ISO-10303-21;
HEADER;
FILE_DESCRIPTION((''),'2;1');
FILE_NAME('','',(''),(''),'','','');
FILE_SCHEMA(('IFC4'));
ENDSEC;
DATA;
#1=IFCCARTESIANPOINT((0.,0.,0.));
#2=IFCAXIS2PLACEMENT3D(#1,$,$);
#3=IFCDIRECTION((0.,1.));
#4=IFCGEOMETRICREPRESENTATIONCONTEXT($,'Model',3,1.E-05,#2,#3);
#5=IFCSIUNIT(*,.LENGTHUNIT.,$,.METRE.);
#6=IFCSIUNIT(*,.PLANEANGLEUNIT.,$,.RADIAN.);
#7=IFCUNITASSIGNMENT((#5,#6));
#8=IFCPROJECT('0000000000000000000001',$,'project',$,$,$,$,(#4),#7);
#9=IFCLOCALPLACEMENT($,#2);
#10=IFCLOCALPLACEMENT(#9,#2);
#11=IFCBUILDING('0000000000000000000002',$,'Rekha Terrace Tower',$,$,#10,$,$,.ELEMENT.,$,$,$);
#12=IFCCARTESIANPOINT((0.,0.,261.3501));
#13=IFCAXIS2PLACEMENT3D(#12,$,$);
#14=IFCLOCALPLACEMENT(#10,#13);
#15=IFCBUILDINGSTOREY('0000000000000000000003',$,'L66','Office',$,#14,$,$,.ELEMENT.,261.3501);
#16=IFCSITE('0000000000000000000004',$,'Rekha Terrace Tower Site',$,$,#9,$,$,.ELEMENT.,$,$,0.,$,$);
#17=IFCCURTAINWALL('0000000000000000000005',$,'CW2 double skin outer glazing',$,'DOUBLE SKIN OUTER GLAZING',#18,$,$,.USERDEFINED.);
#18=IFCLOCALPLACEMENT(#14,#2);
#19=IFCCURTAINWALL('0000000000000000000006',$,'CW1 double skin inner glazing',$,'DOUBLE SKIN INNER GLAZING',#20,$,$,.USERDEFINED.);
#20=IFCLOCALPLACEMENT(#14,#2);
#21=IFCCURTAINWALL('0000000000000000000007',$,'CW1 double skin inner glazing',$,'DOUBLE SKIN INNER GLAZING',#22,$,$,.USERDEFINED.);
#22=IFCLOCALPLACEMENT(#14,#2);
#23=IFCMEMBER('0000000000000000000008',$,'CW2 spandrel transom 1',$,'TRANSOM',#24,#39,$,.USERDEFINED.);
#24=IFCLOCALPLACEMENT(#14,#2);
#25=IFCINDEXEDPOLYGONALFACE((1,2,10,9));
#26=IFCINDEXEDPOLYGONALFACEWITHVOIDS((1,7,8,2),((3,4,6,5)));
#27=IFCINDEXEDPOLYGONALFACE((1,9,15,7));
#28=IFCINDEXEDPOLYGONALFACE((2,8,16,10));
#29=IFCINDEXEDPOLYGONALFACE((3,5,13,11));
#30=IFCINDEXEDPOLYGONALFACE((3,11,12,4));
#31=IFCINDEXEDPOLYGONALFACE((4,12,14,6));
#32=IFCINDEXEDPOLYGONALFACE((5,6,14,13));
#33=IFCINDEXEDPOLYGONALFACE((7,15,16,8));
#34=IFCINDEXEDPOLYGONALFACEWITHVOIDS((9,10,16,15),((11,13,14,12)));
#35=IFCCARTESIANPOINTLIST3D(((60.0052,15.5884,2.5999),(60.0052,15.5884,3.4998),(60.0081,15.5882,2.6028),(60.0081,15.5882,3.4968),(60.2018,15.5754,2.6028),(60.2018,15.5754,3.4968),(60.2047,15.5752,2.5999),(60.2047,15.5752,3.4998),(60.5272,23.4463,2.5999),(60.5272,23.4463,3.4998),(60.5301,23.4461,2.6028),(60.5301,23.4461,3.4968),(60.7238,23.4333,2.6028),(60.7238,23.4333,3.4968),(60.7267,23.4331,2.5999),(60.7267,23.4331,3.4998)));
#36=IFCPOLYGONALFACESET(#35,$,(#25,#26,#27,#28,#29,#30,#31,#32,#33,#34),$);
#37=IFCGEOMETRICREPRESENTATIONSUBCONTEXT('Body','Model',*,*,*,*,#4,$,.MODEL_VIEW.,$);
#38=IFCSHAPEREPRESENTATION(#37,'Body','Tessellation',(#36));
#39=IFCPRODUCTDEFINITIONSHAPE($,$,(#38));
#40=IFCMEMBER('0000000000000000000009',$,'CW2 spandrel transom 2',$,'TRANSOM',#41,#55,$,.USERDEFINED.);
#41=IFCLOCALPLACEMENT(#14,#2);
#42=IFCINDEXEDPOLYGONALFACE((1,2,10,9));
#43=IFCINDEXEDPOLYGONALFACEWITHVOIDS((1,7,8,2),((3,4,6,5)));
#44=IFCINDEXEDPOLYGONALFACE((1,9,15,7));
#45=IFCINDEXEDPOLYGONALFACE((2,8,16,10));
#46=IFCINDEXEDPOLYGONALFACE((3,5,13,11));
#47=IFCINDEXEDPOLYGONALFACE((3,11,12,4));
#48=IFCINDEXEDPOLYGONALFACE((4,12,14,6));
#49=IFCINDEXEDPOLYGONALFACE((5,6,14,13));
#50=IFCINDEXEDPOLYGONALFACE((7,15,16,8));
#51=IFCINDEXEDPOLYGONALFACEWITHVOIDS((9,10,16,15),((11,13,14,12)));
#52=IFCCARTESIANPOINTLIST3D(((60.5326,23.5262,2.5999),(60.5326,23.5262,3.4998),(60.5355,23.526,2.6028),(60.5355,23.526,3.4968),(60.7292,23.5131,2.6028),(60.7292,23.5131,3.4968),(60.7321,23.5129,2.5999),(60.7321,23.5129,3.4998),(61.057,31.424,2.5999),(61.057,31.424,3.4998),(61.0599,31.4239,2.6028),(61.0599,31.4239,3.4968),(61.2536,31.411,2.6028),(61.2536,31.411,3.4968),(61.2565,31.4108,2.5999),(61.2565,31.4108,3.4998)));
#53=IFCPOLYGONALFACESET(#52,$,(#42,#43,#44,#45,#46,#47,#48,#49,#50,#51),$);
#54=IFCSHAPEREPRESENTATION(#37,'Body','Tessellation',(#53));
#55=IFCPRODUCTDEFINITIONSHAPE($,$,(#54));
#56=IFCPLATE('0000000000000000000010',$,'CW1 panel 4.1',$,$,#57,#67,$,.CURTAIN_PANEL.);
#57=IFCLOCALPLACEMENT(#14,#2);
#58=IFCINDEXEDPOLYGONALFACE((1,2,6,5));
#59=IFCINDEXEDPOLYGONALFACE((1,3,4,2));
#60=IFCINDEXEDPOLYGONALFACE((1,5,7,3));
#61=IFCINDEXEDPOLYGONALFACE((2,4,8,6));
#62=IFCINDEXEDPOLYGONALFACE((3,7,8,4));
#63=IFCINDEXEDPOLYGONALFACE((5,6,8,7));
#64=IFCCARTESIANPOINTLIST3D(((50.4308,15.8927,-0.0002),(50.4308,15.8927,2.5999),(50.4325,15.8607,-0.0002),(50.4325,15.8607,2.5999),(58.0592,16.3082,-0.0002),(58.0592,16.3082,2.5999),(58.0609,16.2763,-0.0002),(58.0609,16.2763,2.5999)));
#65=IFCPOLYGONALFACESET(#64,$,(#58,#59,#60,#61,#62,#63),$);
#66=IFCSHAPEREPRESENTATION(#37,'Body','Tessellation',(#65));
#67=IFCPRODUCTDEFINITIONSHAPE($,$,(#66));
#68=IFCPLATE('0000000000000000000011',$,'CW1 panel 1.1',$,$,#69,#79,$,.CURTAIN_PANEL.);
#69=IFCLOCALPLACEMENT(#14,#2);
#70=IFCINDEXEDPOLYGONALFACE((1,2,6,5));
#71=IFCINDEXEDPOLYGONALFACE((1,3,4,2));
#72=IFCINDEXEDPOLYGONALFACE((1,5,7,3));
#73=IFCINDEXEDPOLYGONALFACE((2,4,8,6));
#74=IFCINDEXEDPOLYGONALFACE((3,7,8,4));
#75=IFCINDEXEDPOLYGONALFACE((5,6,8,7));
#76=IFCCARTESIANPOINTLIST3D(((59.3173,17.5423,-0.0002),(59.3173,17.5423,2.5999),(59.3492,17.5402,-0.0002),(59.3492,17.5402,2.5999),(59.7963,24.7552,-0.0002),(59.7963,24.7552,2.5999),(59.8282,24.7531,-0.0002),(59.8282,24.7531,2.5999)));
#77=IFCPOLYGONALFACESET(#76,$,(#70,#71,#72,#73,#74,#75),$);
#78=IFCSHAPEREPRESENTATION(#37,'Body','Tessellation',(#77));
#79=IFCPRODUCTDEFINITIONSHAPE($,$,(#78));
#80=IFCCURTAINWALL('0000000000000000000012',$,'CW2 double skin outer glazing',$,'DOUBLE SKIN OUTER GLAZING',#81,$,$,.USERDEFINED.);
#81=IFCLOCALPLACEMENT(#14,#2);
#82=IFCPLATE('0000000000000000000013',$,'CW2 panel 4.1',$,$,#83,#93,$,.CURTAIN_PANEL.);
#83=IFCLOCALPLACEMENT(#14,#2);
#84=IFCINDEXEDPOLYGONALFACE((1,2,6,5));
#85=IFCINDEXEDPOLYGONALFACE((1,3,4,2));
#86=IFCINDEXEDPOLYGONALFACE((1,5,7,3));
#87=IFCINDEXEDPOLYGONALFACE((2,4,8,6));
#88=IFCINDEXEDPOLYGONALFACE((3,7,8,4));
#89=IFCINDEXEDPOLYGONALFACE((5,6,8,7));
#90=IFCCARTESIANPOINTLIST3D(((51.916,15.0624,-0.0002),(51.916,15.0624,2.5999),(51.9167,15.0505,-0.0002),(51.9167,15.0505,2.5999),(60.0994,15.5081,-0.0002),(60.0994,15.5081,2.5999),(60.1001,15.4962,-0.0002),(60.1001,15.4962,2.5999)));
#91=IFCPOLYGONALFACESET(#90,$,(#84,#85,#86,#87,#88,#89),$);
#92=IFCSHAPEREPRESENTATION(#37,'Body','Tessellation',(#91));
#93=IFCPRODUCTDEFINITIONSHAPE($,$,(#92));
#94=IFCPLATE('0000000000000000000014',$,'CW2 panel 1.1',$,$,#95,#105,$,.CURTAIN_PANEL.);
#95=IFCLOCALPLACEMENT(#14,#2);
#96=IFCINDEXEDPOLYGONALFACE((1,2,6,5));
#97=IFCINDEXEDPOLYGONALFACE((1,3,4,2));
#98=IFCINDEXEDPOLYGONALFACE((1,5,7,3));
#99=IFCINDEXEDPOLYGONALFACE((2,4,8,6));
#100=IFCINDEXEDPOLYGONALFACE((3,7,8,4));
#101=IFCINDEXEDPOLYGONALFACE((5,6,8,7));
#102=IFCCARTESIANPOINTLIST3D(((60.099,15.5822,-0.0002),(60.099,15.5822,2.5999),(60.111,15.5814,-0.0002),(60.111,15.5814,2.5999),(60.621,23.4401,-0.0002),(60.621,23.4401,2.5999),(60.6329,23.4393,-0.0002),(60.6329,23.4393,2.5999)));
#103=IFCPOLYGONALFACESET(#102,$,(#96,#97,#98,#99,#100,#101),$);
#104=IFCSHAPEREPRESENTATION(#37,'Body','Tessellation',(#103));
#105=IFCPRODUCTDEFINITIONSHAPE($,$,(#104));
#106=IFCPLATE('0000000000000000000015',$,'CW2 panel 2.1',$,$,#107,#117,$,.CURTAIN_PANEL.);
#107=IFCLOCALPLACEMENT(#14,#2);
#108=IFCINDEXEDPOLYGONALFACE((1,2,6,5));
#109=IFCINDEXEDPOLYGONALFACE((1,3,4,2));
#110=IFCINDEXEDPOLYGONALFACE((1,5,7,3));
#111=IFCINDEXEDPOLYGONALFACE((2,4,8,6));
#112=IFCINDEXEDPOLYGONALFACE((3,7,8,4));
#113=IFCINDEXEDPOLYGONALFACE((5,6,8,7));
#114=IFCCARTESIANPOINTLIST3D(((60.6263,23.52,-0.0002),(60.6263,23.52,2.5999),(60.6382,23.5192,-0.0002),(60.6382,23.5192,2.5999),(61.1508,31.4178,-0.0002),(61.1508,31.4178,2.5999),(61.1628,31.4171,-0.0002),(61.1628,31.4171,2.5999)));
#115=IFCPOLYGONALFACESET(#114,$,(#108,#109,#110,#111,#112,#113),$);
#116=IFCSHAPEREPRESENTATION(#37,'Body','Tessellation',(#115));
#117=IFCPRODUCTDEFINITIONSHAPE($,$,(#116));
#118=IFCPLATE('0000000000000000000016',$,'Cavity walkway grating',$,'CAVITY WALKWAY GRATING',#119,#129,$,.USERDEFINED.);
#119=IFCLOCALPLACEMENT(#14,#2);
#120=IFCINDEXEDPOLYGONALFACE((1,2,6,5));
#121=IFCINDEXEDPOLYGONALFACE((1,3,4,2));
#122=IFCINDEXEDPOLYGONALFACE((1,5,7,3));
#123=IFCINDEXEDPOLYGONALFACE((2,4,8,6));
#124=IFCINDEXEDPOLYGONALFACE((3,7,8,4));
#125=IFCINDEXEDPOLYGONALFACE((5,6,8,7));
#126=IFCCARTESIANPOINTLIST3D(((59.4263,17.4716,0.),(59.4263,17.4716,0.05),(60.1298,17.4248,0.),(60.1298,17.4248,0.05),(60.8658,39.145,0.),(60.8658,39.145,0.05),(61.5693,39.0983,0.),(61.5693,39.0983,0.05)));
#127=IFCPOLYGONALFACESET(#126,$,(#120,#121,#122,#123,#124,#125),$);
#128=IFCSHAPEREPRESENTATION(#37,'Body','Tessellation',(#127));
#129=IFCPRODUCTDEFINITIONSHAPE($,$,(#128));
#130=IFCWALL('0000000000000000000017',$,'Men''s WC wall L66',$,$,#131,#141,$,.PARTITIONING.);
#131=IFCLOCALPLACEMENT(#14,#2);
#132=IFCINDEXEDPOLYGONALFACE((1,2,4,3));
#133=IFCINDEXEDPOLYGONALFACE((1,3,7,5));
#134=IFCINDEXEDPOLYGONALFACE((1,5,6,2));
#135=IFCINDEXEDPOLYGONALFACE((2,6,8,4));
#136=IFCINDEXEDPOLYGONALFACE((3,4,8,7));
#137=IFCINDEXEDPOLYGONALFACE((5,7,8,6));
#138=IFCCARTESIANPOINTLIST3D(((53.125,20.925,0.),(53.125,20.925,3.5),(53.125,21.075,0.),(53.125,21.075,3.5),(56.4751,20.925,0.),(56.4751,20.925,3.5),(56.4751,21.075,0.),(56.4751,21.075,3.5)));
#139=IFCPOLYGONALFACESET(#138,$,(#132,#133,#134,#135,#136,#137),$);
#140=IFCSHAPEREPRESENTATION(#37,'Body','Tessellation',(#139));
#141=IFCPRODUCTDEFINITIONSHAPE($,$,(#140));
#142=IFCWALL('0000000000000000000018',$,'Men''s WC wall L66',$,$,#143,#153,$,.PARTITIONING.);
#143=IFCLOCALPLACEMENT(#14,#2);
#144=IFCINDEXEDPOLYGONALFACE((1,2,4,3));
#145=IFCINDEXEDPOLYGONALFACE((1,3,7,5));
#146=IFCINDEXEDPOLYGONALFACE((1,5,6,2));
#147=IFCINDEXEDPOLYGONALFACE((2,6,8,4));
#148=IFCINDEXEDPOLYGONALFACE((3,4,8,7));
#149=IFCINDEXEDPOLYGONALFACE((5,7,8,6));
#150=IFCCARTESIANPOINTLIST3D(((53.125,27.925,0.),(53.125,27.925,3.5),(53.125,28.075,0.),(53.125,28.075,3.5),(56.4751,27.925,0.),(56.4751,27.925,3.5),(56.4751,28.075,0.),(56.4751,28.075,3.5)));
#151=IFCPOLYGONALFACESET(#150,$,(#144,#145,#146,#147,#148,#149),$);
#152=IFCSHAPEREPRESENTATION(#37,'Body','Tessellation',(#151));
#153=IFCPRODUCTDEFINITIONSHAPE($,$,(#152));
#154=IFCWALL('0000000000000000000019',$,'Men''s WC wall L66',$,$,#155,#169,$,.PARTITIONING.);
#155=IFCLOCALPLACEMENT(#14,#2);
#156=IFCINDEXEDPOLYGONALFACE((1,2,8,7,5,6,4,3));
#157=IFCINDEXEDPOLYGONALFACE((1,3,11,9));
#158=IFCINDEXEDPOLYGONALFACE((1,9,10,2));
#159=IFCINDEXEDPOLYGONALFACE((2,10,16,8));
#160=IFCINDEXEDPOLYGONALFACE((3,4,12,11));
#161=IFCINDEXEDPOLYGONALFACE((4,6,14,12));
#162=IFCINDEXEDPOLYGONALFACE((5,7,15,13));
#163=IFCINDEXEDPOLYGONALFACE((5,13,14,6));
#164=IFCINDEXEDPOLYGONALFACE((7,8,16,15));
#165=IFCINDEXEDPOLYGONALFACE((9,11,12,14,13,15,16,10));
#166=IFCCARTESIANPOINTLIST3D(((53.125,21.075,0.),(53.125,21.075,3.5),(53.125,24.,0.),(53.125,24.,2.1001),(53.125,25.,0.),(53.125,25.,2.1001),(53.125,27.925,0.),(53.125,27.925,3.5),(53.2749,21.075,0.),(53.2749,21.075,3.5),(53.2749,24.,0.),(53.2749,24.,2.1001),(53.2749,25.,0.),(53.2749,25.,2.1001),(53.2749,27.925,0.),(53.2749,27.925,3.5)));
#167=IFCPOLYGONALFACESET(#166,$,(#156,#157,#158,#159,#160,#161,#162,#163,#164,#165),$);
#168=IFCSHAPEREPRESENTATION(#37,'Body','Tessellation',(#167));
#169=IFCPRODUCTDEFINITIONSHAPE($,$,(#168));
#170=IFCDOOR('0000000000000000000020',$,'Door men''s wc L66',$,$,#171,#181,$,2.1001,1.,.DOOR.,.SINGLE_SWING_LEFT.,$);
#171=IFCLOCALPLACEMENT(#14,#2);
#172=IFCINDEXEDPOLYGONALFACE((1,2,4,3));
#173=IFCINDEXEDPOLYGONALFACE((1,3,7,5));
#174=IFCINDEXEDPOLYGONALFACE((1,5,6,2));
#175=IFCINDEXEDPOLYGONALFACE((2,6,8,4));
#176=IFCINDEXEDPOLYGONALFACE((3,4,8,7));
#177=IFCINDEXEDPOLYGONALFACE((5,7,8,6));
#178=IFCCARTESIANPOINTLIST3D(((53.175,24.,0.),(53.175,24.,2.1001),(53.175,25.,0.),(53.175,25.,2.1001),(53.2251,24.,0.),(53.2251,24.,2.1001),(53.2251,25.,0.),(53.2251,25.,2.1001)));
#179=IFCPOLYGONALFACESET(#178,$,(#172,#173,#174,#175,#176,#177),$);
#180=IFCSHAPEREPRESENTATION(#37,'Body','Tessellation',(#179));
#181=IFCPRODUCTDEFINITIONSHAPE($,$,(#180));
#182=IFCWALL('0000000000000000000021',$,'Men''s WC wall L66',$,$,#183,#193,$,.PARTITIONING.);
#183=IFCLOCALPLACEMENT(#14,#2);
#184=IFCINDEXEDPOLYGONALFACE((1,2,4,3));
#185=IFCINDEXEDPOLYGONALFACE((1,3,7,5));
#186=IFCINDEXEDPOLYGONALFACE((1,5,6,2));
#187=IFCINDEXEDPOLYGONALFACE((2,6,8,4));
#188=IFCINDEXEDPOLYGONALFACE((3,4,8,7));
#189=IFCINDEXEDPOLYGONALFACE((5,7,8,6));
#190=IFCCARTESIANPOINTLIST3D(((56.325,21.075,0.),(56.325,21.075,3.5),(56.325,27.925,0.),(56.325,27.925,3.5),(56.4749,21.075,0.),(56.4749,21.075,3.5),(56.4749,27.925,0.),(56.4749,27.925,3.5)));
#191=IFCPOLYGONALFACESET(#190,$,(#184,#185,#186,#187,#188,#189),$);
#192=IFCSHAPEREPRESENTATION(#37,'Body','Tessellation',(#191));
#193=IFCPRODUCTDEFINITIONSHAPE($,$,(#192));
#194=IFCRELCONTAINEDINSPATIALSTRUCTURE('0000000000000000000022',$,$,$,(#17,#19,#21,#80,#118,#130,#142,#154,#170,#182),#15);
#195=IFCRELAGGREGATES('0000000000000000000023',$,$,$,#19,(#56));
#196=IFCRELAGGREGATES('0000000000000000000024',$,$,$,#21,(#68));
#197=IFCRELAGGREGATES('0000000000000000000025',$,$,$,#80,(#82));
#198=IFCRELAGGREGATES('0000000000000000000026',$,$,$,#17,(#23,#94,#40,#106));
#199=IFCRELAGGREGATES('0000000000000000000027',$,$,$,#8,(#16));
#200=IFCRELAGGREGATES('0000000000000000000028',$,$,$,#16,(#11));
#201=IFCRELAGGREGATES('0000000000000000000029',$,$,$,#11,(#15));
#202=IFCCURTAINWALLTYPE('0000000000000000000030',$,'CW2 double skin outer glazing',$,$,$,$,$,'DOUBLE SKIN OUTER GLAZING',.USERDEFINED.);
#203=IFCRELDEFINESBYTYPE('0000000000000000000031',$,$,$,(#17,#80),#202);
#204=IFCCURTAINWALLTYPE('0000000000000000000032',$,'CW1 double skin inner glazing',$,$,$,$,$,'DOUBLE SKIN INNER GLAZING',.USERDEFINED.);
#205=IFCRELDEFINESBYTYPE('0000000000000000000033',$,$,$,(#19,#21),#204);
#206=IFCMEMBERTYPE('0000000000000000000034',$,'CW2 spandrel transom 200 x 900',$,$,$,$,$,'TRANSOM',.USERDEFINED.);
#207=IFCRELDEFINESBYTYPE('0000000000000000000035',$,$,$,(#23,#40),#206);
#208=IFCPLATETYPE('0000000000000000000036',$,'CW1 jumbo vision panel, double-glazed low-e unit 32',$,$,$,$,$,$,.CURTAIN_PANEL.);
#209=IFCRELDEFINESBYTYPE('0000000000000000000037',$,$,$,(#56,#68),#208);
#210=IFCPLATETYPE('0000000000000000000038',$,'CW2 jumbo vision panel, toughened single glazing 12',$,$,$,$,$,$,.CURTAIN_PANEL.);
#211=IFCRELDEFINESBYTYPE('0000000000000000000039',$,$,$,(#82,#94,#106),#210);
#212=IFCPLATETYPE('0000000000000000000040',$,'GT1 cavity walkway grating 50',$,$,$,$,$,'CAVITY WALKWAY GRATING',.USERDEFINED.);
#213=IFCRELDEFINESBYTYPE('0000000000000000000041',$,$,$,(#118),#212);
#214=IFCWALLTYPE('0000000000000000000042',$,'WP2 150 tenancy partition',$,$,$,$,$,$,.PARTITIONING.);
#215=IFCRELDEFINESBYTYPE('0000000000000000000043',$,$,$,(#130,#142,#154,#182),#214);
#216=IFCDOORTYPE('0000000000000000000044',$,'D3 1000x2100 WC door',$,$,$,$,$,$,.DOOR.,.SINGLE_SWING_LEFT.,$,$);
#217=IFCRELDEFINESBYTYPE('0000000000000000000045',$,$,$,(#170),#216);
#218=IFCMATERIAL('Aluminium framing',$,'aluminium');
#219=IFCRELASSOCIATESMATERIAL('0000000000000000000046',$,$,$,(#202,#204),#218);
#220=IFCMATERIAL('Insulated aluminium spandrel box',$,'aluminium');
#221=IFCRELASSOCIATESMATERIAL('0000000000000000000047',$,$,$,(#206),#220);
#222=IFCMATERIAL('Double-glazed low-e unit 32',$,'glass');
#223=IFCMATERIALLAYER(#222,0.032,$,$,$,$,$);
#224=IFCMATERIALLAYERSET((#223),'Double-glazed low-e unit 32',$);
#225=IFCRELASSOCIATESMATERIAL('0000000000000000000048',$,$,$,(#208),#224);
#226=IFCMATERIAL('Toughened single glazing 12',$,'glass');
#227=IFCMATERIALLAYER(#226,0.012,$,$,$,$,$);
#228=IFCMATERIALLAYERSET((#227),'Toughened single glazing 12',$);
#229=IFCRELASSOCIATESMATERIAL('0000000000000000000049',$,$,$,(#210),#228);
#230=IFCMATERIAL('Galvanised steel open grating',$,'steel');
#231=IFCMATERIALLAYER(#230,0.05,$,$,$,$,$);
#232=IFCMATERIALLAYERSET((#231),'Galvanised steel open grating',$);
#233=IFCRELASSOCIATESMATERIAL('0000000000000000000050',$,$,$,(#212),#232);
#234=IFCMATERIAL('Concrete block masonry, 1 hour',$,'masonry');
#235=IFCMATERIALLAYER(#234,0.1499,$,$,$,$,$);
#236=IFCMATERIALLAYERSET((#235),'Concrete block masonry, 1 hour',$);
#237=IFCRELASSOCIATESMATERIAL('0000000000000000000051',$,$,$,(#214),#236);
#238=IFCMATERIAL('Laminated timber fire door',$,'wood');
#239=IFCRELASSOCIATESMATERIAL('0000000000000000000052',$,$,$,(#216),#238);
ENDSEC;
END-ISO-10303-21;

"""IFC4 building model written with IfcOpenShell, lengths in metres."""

from ifc_helpers import new_model, si_unit, direction, frame, frame_2d, origin, origin_2d, place, context, subcontext, project, spatial, rectangle, hollow_rectangle, extrude, material, layer, layer_set, material_profile, profile_set, type_object, element, fill, aggregate, save


model = new_model("IFC4")

# Units and contexts
model_context = context("Model", 3, precision=1e-05, world=origin(), true_north=direction((0.0, 1.0)))
body_context = subcontext(model_context, "Body", "Model", "MODEL_VIEW")
ifc_project = project(units=[si_unit("LENGTHUNIT", "METRE"), si_unit("PLANEANGLEUNIT", "RADIAN")], contexts=[model_context])

# Site, building, storey
site_placement = place(None, origin())
site = spatial("IfcSite", under=ifc_project, at=site_placement, Name="Rekha Terrace Tower Site", CompositionType="ELEMENT", RefElevation=0.0)
building_placement = place(site_placement, origin())
building = spatial("IfcBuilding", under=site, at=building_placement, Name="Rekha Terrace Tower", CompositionType="ELEMENT")
storey_placement = place(building_placement, frame((0.0, 0.0, 261.3501)))
storey = spatial("IfcBuildingStorey", under=building, at=storey_placement, Name="L66", Description="Office", CompositionType="ELEMENT", Elevation=261.3501)

# Curtain walls
ifc_material_1 = material(Name="Aluminium framing", Category="aluminium")
curtain_wall_type_1 = type_object("IfcCurtainWallType", Name="CW2 double skin outer glazing", ElementType="DOUBLE SKIN OUTER GLAZING", PredefinedType="USERDEFINED", material=ifc_material_1)
curtain_wall_1_placement = place(storey_placement, origin())
curtain_wall_1 = element("IfcCurtainWall", 1, at=curtain_wall_1_placement, inside=storey, type_object=curtain_wall_type_1, Name="CW2 double skin outer glazing", ObjectType="DOUBLE SKIN OUTER GLAZING", PredefinedType="USERDEFINED")
curtain_wall_type_2 = type_object("IfcCurtainWallType", Name="CW1 double skin inner glazing", ElementType="DOUBLE SKIN INNER GLAZING", PredefinedType="USERDEFINED", material=ifc_material_1)
curtain_wall_2_placement = place(storey_placement, origin())
curtain_wall_2 = element("IfcCurtainWall", 2, at=curtain_wall_2_placement, inside=storey, type_object=curtain_wall_type_2, Name="CW1 double skin inner glazing", ObjectType="DOUBLE SKIN INNER GLAZING", PredefinedType="USERDEFINED")

# Curtain wall
curtain_wall_3_placement = place(storey_placement, origin())
curtain_wall_3 = element("IfcCurtainWall", 3, at=curtain_wall_3_placement, inside=storey, type_object=curtain_wall_type_2, Name="CW1 double skin inner glazing", ObjectType="DOUBLE SKIN INNER GLAZING", PredefinedType="USERDEFINED")
ifc_material_2 = material(Name="Insulated aluminium spandrel box", Category="aluminium")

# Members
ifc_material_profile_1 = material_profile(ifc_material_2, hollow_rectangle(XDim=0.2, YDim=0.8999, WallThickness=0.0029, at=origin_2d()), Name="AL SPANDREL BOX 200x900")
ifc_profile_set_1 = profile_set([ifc_material_profile_1], Name="Insulated aluminium spandrel box")
member_type_1 = type_object("IfcMemberType", Name="CW2 spandrel transom 200 x 900", ElementType="TRANSOM", PredefinedType="USERDEFINED", material=ifc_profile_set_1)
member_1_placement = place(storey_placement, frame((60.105, 15.5818, 3.0498), z_axis=(0.06628, 0.997801, 0.0), x_axis=(-0.997801, 0.06628, 0.0)))
member_1 = element("IfcMember", 4, at=member_1_placement, type_object=member_type_1, Name="CW2 spandrel transom 1", ObjectType="TRANSOM", PredefinedType="USERDEFINED", context=body_context, shape_type="SweptSolid", body=[
    extrude(hollow_rectangle(XDim=0.2, YDim=0.8999, WallThickness=0.0029, at=origin_2d()), origin(), (0.0, 0.0, 1.0), 7.8752),
])
member_2_placement = place(storey_placement, frame((60.6323, 23.5195, 3.0498), z_axis=(0.066253, 0.997803, 0.0), x_axis=(-0.997803, 0.066253, 0.0)))
member_2 = element("IfcMember", 5, at=member_2_placement, type_object=member_type_1, Name="CW2 spandrel transom 2", ObjectType="TRANSOM", PredefinedType="USERDEFINED", context=body_context, shape_type="SweptSolid", body=[
    extrude(hollow_rectangle(XDim=0.2, YDim=0.8999, WallThickness=0.0029, at=origin_2d()), origin(), (0.0, 0.0, 1.0), 7.9153),
])

# Plates
ifc_material_3 = material(Name="Double-glazed low-e unit 32", Category="glass")
ifc_layer_1 = layer(ifc_material_3, 0.032)
ifc_layer_set_1 = layer_set([ifc_layer_1], Name="Double-glazed low-e unit 32")
plate_type_1 = type_object("IfcPlateType", Name="CW1 jumbo vision panel, double-glazed low-e unit 32", PredefinedType="CURTAIN_PANEL", material=ifc_layer_set_1)
plate_1_placement = place(storey_placement, frame((54.2458, 16.0845, -0.0002), z_axis=(0.0, 0.0, 1.0), x_axis=(0.99852, 0.054389, 0.0)))
plate_1 = element("IfcPlate", 6, at=plate_1_placement, type_object=plate_type_1, Name="CW1 panel 4.1", PredefinedType="CURTAIN_PANEL", context=body_context, shape_type="SweptSolid", body=[
    extrude(rectangle(XDim=7.6396, YDim=0.032, at=origin_2d()), origin(), (0.0, 0.0, 1.0), 2.6001),
])
aggregate(curtain_wall_2, [plate_1])
plate_2_placement = place(storey_placement, frame((59.5728, 21.1477, -0.0002), z_axis=(0.0, 0.0, 1.0), x_axis=(0.066272, 0.997802, 0.0)))
plate_2 = element("IfcPlate", 7, at=plate_2_placement, type_object=plate_type_1, Name="CW1 panel 1.1", PredefinedType="CURTAIN_PANEL", context=body_context, shape_type="SweptSolid", body=[
    extrude(rectangle(XDim=7.2288, YDim=0.032, at=origin_2d()), origin(), (0.0, 0.0, 1.0), 2.6001),
])
aggregate(curtain_wall_3, [plate_2])

# Curtain wall, plate
curtain_wall_4_placement = place(storey_placement, origin())
curtain_wall_4 = element("IfcCurtainWall", 8, at=curtain_wall_4_placement, inside=storey, type_object=curtain_wall_type_1, Name="CW2 double skin outer glazing", ObjectType="DOUBLE SKIN OUTER GLAZING", PredefinedType="USERDEFINED")
ifc_material_4 = material(Name="Toughened single glazing 12", Category="glass")
ifc_layer_2 = layer(ifc_material_4, 0.012)
ifc_layer_set_2 = layer_set([ifc_layer_2], Name="Toughened single glazing 12")
plate_type_2 = type_object("IfcPlateType", Name="CW2 jumbo vision panel, toughened single glazing 12", PredefinedType="CURTAIN_PANEL", material=ifc_layer_set_2)
plate_3_placement = place(storey_placement, frame((56.0081, 15.2793, -0.0002), z_axis=(0.0, 0.0, 1.0), x_axis=(0.99852, 0.054389, 0.0)))
plate_3 = element("IfcPlate", 9, at=plate_3_placement, type_object=plate_type_2, Name="CW2 panel 4.1", PredefinedType="CURTAIN_PANEL", context=body_context, shape_type="SweptSolid", body=[
    extrude(rectangle(XDim=8.1956, YDim=0.012, at=origin_2d()), origin(), (0.0, 0.0, 1.0), 2.6001),
])
aggregate(curtain_wall_4, [plate_3])

# Plates
plate_4_placement = place(storey_placement, frame((60.366, 19.5107, -0.0002), z_axis=(0.0, 0.0, 1.0), x_axis=(0.066272, 0.997802, 0.0)))
plate_4 = element("IfcPlate", 10, at=plate_4_placement, type_object=plate_type_2, Name="CW2 panel 1.1", PredefinedType="CURTAIN_PANEL", context=body_context, shape_type="SweptSolid", body=[
    extrude(rectangle(XDim=7.8752, YDim=0.012, at=origin_2d()), origin(), (0.0, 0.0, 1.0), 2.6001),
])
plate_5_placement = place(storey_placement, frame((60.8945, 27.4685, -0.0002), z_axis=(0.0, 0.0, 1.0), x_axis=(0.066272, 0.997802, 0.0)))
plate_5 = element("IfcPlate", 11, at=plate_5_placement, type_object=plate_type_2, Name="CW2 panel 2.1", PredefinedType="CURTAIN_PANEL", context=body_context, shape_type="SweptSolid", body=[
    extrude(rectangle(XDim=7.9153, YDim=0.012, at=origin_2d()), origin(), (0.0, 0.0, 1.0), 2.6001),
])
aggregate(curtain_wall_1, [member_1, plate_4, member_2, plate_5])
ifc_material_5 = material(Name="Galvanised steel open grating", Category="steel")
ifc_layer_3 = layer(ifc_material_5, 0.05)
ifc_layer_set_3 = layer_set([ifc_layer_3], Name="Galvanised steel open grating")
plate_type_3 = type_object("IfcPlateType", Name="GT1 cavity walkway grating 50", ElementType="CAVITY WALKWAY GRATING", PredefinedType="USERDEFINED", material=ifc_layer_set_3)
plate_6_placement = place(storey_placement, frame((60.4978, 28.2849, 0.0), z_axis=(0.0, 0.0, 1.0), x_axis=(0.066272, 0.997802, 0.0)))
element("IfcPlate", 12, at=plate_6_placement, inside=storey, type_object=plate_type_3, Name="Cavity walkway grating", ObjectType="CAVITY WALKWAY GRATING", PredefinedType="USERDEFINED", context=body_context, shape_type="SweptSolid", body=[
    extrude(rectangle(XDim=21.7212, YDim=0.7051, at=origin_2d()), origin(), (0.0, 0.0, 1.0), 0.05),
])

# Walls
ifc_material_6 = material(Name="Concrete block masonry, 1 hour", Category="masonry")
ifc_layer_4 = layer(ifc_material_6, 0.1499)
ifc_layer_set_4 = layer_set([ifc_layer_4], Name="Concrete block masonry, 1 hour")
wall_type_1 = type_object("IfcWallType", Name="WP2 150 tenancy partition", PredefinedType="PARTITIONING", material=ifc_layer_set_4)
for number, where, z_axis, x_axis, name in (
    (13, (53.125, 21.0, 0.0), (0.0, 0.0, 1.0), (1.0, 0.0, 0.0), "Men's WC wall L66"),
    (14, (53.125, 28.0, 0.0), (0.0, 0.0, 1.0), (1.0, 0.0, 0.0), "Men's WC wall L66"),
):
    element("IfcWall", number, at=place(storey_placement, frame(where, z_axis=z_axis, x_axis=x_axis)), inside=storey, type_object=wall_type_1, Name=name, PredefinedType="PARTITIONING", context=body_context, shape_type="SweptSolid", body=[
        extrude(rectangle(XDim=3.3501, YDim=0.1499, at=frame_2d((1.675, 0.0))), origin(), (0.0, 0.0, 1.0), 3.5),
    ])

# Wall, opening, door
wall_1_placement = place(storey_placement, frame((53.2, 21.075, 0.0), z_axis=(0.0, 0.0, 1.0), x_axis=(0.0, 1.0, 0.0)))
wall_1 = element("IfcWall", 15, at=wall_1_placement, inside=storey, type_object=wall_type_1, Name="Men's WC wall L66", PredefinedType="PARTITIONING", context=body_context, shape_type="SweptSolid", body=[
    extrude(rectangle(XDim=6.8501, YDim=0.1499, at=frame_2d((3.425, 0.0))), origin(), (0.0, 0.0, 1.0), 3.5),
])
opening_placement = place(wall_1_placement, frame((2.925, 0.0, 0.0)))
opening = element("IfcOpeningElement", 16, at=opening_placement, cuts=wall_1, PredefinedType="OPENING", context=body_context, shape_type="SweptSolid", body=[
    extrude(rectangle(XDim=1.0, YDim=2.1001, at=frame_2d((0.5, 1.05))), frame((0.0, 0.085, 0.0), z_axis=(0.0, -1.0, 0.0), x_axis=(1.0, 0.0, 0.0)), (0.0, 0.0, 1.0), 0.1699),
])
ifc_material_7 = material(Name="Laminated timber fire door", Category="wood")
door_type = type_object("IfcDoorType", Name="D3 1000x2100 WC door", OperationType="SINGLE_SWING_LEFT", PredefinedType="DOOR", material=ifc_material_7)
door_placement = place(opening_placement, origin())
door = element("IfcDoor", 17, at=door_placement, inside=storey, type_object=door_type, Name="Door men's wc L66", OperationType="SINGLE_SWING_LEFT", OverallHeight=2.1001, OverallWidth=1.0, PredefinedType="DOOR", context=body_context, shape_type="SweptSolid", body=[
    extrude(rectangle(XDim=1.0, YDim=2.1001, at=frame_2d((0.5, 1.05))), frame((0.0, 0.0249, 0.0), z_axis=(0.0, -1.0, 0.0), x_axis=(1.0, 0.0, 0.0)), (0.0, 0.0, 1.0), 0.05),
])
fill(opening, door)

# Wall
wall_2_placement = place(storey_placement, frame((56.3999, 21.075, 0.0), z_axis=(0.0, 0.0, 1.0), x_axis=(0.0, 1.0, 0.0)))
element("IfcWall", 18, at=wall_2_placement, inside=storey, type_object=wall_type_1, Name="Men's WC wall L66", PredefinedType="PARTITIONING", context=body_context, shape_type="SweptSolid", body=[
    extrude(rectangle(XDim=6.8501, YDim=0.1499, at=frame_2d((3.425, 0.0))), origin(), (0.0, 0.0, 1.0), 3.5),
])

save(model, "model.ifc")
